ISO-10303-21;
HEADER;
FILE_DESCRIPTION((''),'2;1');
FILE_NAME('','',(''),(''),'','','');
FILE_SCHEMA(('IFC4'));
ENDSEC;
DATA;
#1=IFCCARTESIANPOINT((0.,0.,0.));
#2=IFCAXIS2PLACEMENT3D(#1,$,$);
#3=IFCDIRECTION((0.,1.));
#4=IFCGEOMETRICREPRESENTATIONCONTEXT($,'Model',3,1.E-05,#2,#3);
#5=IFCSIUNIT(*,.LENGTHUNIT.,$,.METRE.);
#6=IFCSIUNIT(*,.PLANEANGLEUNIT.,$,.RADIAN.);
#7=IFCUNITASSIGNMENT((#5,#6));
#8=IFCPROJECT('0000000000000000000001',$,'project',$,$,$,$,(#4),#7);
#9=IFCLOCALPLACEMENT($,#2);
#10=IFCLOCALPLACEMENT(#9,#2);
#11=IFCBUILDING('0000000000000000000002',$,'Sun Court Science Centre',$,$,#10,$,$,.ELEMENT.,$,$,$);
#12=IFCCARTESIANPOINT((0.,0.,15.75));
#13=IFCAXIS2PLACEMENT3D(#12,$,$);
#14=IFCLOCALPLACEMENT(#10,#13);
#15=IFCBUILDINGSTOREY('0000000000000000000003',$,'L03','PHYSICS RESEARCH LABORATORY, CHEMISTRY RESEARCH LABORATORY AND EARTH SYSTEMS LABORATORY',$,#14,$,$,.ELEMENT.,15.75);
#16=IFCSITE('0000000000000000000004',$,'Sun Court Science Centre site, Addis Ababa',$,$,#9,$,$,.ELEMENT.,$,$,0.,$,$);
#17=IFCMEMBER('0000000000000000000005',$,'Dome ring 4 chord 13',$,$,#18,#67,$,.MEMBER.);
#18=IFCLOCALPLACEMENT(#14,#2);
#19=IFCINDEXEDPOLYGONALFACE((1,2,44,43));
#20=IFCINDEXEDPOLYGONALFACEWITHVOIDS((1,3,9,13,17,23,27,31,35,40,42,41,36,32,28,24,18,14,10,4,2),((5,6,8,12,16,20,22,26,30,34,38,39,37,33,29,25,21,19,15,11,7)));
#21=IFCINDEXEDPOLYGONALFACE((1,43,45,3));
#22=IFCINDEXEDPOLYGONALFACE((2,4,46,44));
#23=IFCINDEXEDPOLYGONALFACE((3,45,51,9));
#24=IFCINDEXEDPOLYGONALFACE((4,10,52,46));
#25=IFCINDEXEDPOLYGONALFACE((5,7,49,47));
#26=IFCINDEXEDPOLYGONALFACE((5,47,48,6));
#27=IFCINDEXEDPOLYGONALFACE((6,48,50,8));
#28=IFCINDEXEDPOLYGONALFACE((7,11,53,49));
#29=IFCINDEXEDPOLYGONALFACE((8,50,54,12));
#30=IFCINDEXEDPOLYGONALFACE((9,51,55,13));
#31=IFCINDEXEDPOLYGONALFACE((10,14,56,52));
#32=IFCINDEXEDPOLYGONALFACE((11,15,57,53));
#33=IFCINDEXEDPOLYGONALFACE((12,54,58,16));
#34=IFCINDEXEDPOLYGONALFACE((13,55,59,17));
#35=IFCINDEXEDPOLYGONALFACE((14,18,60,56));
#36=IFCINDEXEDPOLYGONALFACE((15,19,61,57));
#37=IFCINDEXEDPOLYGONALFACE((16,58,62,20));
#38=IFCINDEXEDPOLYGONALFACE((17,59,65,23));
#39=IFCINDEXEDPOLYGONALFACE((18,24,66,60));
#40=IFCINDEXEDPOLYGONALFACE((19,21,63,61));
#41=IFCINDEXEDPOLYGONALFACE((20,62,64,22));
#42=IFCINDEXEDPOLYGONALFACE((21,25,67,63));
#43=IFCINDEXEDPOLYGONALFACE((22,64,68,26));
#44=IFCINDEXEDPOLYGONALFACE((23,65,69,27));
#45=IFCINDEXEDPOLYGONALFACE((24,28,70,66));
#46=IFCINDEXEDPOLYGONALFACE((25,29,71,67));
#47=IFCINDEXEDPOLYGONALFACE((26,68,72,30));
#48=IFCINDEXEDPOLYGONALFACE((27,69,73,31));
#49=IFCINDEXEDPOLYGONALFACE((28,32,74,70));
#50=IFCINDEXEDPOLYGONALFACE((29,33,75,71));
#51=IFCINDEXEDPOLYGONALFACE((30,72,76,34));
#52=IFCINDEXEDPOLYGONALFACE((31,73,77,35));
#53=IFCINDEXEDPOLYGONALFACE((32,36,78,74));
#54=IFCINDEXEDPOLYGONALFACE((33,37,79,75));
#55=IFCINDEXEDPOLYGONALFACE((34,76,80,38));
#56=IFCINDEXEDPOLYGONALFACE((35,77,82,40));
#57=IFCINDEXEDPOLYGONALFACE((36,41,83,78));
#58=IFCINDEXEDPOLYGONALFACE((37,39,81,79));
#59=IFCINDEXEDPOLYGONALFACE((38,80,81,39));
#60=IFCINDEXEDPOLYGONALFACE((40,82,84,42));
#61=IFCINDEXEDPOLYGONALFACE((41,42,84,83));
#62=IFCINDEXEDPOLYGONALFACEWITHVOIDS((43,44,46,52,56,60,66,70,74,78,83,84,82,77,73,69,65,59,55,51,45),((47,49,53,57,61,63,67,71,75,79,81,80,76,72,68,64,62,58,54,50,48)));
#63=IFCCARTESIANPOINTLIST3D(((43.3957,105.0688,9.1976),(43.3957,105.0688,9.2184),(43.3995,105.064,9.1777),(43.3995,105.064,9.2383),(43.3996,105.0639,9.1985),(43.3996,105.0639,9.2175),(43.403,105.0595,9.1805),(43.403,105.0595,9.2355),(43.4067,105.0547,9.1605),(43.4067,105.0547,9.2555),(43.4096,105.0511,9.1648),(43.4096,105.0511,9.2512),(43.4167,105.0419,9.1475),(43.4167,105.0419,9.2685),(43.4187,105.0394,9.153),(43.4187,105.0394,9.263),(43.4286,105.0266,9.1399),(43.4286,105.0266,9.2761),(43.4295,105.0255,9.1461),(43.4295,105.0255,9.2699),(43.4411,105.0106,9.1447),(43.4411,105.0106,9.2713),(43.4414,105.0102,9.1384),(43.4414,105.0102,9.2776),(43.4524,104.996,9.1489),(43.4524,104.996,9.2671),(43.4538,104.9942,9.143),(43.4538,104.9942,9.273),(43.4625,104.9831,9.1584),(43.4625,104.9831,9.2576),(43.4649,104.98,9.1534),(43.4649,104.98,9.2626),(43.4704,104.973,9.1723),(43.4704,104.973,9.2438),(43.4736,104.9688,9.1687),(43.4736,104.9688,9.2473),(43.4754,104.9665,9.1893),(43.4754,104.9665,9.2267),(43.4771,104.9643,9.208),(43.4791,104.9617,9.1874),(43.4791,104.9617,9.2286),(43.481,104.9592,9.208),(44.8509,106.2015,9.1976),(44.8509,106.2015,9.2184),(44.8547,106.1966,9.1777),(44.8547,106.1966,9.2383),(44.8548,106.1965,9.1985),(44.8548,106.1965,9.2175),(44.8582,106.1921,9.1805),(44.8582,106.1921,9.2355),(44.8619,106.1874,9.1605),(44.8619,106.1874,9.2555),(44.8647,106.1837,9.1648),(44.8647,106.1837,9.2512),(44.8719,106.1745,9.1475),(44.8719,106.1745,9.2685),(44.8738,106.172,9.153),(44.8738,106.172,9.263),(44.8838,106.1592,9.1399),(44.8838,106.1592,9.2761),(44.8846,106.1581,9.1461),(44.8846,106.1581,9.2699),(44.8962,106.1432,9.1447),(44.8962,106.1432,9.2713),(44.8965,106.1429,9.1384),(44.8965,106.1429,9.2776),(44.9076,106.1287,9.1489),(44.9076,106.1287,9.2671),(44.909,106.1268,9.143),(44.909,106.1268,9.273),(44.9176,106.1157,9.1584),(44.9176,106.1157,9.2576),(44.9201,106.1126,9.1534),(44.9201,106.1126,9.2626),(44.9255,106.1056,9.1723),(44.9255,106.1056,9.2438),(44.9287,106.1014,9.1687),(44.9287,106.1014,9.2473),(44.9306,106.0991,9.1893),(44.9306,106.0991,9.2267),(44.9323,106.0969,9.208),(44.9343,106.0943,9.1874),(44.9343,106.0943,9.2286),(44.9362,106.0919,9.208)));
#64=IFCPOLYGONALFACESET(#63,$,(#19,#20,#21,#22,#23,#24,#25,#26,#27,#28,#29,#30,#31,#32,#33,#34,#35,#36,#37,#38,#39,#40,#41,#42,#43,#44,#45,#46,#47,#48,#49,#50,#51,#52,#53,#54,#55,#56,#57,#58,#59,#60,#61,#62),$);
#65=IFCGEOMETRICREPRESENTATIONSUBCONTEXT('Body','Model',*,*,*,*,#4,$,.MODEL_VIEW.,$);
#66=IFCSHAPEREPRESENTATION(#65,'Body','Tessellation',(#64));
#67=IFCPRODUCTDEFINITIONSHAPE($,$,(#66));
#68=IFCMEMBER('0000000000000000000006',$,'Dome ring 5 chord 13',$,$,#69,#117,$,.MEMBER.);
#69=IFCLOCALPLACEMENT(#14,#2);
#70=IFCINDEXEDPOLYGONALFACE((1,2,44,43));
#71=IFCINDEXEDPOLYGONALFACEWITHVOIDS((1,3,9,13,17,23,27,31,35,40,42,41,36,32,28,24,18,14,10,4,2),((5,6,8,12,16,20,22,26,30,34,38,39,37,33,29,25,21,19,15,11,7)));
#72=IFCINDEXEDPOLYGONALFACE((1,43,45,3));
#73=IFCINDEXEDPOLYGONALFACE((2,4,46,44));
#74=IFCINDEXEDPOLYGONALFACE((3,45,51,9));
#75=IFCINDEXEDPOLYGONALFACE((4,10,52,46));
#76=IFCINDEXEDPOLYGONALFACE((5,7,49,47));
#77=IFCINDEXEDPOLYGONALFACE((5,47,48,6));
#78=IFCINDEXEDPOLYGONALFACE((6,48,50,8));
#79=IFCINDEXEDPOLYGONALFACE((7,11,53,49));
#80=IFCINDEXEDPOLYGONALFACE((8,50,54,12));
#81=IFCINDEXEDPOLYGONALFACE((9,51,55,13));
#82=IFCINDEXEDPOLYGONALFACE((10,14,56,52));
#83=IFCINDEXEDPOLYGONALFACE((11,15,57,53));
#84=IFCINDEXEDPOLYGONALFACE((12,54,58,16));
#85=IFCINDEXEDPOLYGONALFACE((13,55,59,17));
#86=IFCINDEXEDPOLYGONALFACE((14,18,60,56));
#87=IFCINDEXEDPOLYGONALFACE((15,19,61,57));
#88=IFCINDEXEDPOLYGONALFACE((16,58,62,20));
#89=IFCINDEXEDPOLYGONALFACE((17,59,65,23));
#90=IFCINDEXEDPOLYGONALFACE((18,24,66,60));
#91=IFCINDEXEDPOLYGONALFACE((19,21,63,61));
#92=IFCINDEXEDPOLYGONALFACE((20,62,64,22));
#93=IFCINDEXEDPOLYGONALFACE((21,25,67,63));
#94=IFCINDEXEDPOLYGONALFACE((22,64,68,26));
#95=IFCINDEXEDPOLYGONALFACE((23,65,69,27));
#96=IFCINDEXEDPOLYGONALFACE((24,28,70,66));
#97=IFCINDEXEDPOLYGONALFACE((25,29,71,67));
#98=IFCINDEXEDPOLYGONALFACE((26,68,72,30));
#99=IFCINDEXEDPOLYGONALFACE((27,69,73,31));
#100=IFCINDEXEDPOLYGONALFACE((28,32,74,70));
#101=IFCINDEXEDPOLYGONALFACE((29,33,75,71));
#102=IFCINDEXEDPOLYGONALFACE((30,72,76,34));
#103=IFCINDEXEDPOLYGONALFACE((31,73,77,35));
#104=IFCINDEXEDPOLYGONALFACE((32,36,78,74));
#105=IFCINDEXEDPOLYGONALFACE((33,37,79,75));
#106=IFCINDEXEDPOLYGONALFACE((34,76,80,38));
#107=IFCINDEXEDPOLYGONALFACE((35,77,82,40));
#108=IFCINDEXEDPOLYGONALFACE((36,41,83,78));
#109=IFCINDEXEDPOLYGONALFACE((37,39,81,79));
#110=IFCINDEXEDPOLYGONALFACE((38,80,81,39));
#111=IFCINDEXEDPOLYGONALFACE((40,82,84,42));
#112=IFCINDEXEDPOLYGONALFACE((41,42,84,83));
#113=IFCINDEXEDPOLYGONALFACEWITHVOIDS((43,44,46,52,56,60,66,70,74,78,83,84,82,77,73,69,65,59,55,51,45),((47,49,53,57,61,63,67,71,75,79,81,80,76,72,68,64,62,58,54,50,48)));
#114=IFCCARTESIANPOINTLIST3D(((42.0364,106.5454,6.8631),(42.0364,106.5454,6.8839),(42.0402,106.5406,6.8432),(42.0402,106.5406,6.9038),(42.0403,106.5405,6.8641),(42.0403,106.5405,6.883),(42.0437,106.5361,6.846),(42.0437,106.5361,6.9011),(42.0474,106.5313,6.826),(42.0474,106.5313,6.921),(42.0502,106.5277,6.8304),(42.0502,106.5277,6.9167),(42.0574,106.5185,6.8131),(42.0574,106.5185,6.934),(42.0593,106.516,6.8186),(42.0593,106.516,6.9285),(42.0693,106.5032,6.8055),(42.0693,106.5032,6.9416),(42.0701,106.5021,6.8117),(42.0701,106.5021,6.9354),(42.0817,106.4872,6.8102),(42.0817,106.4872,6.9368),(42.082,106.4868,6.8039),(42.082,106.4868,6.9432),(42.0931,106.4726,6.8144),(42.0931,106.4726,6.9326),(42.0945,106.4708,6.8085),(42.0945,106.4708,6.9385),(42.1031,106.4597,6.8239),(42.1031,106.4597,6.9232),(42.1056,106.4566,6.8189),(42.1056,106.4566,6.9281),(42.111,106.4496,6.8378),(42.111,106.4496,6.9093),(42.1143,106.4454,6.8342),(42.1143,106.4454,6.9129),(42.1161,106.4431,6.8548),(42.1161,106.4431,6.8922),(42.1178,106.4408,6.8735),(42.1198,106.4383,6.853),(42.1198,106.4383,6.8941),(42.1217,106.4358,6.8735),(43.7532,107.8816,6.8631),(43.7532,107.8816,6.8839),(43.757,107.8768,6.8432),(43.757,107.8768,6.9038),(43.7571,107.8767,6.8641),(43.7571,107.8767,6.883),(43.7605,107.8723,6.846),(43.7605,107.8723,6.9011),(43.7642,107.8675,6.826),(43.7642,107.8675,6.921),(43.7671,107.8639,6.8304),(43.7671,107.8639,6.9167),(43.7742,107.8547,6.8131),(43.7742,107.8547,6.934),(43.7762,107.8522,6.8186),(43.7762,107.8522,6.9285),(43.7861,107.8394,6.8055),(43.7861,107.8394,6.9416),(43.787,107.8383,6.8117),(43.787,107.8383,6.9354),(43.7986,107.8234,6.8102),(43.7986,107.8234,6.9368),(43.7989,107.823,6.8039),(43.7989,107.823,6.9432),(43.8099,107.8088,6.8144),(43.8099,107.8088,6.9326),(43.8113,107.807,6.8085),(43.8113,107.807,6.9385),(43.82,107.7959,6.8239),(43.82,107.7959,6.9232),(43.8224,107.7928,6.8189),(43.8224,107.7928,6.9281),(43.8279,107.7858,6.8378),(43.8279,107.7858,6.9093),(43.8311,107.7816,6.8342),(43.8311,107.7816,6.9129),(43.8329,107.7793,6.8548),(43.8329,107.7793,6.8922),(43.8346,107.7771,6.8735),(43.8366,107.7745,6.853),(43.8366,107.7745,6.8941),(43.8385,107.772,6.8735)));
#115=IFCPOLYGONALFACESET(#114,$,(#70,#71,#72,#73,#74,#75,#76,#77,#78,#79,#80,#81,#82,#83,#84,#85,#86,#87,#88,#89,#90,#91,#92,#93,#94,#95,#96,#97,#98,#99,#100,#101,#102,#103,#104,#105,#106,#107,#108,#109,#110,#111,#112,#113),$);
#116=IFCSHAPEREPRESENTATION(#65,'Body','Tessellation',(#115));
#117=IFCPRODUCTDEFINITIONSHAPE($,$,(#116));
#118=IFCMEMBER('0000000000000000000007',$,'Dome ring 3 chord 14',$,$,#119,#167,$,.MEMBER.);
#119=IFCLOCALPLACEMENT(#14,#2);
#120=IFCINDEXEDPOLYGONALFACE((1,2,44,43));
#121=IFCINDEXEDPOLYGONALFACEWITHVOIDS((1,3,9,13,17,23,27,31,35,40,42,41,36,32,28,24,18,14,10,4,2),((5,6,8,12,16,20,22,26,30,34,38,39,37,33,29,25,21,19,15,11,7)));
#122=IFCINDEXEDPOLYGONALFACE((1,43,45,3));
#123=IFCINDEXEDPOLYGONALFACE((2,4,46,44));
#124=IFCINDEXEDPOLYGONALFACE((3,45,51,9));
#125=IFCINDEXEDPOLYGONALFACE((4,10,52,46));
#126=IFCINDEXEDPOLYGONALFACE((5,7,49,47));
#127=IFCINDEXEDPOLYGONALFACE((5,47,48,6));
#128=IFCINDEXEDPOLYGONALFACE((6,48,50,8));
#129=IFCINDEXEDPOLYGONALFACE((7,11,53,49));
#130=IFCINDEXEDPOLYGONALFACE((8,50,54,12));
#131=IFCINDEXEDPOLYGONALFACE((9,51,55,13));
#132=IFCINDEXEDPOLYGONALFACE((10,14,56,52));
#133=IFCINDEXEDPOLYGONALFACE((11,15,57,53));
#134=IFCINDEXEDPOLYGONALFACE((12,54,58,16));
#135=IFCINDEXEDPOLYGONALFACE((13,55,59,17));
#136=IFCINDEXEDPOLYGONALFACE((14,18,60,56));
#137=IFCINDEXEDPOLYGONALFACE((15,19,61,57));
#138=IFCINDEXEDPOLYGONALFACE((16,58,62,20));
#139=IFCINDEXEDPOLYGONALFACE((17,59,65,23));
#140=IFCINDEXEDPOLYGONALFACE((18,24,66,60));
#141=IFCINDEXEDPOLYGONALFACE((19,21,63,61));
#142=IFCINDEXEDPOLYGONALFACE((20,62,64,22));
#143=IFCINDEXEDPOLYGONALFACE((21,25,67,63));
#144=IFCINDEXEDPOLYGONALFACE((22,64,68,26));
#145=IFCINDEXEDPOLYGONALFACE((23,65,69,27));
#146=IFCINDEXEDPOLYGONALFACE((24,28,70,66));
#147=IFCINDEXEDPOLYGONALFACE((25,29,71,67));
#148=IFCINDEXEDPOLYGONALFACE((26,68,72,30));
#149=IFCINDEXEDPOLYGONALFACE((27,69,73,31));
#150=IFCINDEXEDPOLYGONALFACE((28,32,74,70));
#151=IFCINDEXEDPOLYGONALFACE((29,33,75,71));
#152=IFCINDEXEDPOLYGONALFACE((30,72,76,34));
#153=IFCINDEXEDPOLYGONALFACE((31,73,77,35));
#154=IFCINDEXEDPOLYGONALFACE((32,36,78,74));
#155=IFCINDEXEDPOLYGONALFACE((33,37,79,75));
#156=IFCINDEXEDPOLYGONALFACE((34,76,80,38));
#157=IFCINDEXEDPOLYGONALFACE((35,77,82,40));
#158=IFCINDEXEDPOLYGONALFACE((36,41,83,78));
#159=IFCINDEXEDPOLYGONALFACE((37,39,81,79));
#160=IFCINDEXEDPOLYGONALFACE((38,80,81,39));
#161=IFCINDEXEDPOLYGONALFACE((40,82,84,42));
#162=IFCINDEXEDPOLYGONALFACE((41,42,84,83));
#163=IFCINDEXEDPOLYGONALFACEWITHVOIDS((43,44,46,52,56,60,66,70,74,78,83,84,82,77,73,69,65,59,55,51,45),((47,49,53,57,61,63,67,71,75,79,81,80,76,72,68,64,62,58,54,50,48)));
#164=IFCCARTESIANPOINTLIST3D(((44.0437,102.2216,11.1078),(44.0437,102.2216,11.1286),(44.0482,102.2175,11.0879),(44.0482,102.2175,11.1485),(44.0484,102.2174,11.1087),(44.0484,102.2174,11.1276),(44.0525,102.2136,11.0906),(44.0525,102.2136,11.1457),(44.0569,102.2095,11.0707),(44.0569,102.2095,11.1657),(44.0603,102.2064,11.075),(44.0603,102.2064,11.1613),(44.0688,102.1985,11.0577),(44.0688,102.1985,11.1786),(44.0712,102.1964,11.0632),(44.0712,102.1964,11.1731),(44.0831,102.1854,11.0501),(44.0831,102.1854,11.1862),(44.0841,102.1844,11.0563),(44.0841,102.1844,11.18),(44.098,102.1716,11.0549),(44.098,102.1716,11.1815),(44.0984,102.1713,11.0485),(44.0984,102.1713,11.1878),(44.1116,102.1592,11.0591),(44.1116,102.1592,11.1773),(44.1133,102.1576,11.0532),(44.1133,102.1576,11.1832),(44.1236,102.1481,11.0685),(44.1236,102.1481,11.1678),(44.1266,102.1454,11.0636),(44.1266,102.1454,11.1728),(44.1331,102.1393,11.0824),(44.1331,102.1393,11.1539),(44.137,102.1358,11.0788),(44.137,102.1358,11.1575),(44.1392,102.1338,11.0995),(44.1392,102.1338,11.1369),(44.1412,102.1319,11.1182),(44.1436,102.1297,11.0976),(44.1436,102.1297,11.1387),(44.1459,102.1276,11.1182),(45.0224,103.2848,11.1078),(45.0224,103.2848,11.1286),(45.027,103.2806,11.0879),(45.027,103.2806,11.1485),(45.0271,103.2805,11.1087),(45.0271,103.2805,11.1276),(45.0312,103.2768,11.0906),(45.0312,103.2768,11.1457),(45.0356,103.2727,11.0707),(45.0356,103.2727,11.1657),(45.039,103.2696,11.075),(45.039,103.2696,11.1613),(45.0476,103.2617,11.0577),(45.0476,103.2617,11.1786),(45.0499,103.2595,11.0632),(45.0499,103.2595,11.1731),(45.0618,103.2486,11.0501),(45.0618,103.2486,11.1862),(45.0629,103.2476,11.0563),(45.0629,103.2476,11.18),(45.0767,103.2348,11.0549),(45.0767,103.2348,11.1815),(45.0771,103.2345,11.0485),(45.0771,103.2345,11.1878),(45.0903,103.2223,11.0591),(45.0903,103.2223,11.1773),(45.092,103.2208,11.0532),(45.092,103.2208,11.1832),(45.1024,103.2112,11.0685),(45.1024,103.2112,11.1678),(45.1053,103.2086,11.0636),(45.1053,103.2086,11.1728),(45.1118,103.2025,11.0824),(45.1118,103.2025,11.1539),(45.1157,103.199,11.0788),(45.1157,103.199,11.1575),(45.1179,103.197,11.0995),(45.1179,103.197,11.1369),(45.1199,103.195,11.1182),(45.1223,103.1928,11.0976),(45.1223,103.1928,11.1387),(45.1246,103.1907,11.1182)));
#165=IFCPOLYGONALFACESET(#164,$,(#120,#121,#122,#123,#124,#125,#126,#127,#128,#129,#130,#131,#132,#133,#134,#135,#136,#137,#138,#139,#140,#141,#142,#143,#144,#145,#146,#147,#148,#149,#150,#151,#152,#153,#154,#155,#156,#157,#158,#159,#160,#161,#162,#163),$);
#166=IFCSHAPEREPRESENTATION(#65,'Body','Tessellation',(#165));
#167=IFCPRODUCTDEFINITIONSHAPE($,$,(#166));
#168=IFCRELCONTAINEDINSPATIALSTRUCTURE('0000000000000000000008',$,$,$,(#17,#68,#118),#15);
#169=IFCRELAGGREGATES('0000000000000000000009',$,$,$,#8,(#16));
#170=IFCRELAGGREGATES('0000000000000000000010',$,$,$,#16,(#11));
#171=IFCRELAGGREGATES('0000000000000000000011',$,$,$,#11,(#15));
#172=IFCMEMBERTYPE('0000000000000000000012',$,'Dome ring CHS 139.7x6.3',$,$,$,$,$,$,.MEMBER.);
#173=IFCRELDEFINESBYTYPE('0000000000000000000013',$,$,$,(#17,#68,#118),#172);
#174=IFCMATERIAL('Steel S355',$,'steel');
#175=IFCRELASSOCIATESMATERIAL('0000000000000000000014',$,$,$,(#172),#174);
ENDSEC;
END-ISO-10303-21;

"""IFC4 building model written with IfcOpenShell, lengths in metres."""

from ifc_helpers import new_model, si_unit, direction, frame, origin, origin_2d, place, context, subcontext, project, spatial, hollow_circle, extrude, material, material_profile, profile_set, type_object, element, save


model = new_model("IFC4")

# Units and contexts
model_context = context("Model", 3, precision=1e-05, world=origin(), true_north=direction((0.0, 1.0)))
body_context = subcontext(model_context, "Body", "Model", "MODEL_VIEW")
ifc_project = project(units=[si_unit("LENGTHUNIT", "METRE"), si_unit("PLANEANGLEUNIT", "RADIAN")], contexts=[model_context])

# Site, building, storey
site_placement = place(None, origin())
site = spatial("IfcSite", under=ifc_project, at=site_placement, Name="Sun Court Science Centre site, Addis Ababa", CompositionType="ELEMENT", RefElevation=0.0)
building_placement = place(site_placement, origin())
building = spatial("IfcBuilding", under=site, at=building_placement, Name="Sun Court Science Centre", CompositionType="ELEMENT")
storey_placement = place(building_placement, frame((0.0, 0.0, 15.75)))
storey = spatial("IfcBuildingStorey", under=building, at=storey_placement, Name="L03", Description="PHYSICS RESEARCH LABORATORY, CHEMISTRY RESEARCH LABORATORY AND EARTH SYSTEMS LABORATORY", CompositionType="ELEMENT", Elevation=15.75)

# Members
ifc_material_1 = material(Name="Steel S355", Category="steel")
ifc_material_profile_1 = material_profile(ifc_material_1, hollow_circle(Radius=0.0698, WallThickness=0.0063, at=origin_2d()), Name="CHS 139.7x6.3")
ifc_profile_set_1 = profile_set([ifc_material_profile_1], Name="Steel S355")
member_type_1 = type_object("IfcMemberType", Name="Dome ring CHS 139.7x6.3", PredefinedType="MEMBER", material=ifc_profile_set_1)
member_1_placement = place(storey_placement, frame((44.8933, 106.147, 9.208), z_axis=(-0.789131, -0.614225, 0.0), x_axis=(0.614225, -0.789131, 0.0)))
element("IfcMember", 1, at=member_1_placement, inside=storey, type_object=member_type_1, Name="Dome ring 4 chord 13", PredefinedType="MEMBER", context=body_context, shape_type="SweptSolid", body=[
    extrude(hollow_circle(Radius=0.0698, WallThickness=0.0063, at=origin_2d()), origin(), (0.0, 0.0, 1.0), 1.844),
])
member_2_placement = place(storey_placement, frame((43.7957, 107.8271, 6.8735), z_axis=(-0.789153, -0.614197, 0.0), x_axis=(0.614197, -0.789153, 0.0)))
element("IfcMember", 2, at=member_2_placement, inside=storey, type_object=member_type_1, Name="Dome ring 5 chord 13", PredefinedType="MEMBER", context=body_context, shape_type="SweptSolid", body=[
    extrude(hollow_circle(Radius=0.0698, WallThickness=0.0063, at=origin_2d()), origin(), (0.0, 0.0, 1.0), 2.1755),
])
member_3_placement = place(storey_placement, frame((45.0732, 103.238, 11.1182), z_axis=(-0.677276, -0.735729, 0.0), x_axis=(0.735729, -0.677276, 0.0)))
element("IfcMember", 3, at=member_3_placement, inside=storey, type_object=member_type_1, Name="Dome ring 3 chord 14", PredefinedType="MEMBER", context=body_context, shape_type="SweptSolid", body=[
    extrude(hollow_circle(Radius=0.0698, WallThickness=0.0063, at=origin_2d()), origin(), (0.0, 0.0, 1.0), 1.4451),
])

save(model, "model.ifc")
